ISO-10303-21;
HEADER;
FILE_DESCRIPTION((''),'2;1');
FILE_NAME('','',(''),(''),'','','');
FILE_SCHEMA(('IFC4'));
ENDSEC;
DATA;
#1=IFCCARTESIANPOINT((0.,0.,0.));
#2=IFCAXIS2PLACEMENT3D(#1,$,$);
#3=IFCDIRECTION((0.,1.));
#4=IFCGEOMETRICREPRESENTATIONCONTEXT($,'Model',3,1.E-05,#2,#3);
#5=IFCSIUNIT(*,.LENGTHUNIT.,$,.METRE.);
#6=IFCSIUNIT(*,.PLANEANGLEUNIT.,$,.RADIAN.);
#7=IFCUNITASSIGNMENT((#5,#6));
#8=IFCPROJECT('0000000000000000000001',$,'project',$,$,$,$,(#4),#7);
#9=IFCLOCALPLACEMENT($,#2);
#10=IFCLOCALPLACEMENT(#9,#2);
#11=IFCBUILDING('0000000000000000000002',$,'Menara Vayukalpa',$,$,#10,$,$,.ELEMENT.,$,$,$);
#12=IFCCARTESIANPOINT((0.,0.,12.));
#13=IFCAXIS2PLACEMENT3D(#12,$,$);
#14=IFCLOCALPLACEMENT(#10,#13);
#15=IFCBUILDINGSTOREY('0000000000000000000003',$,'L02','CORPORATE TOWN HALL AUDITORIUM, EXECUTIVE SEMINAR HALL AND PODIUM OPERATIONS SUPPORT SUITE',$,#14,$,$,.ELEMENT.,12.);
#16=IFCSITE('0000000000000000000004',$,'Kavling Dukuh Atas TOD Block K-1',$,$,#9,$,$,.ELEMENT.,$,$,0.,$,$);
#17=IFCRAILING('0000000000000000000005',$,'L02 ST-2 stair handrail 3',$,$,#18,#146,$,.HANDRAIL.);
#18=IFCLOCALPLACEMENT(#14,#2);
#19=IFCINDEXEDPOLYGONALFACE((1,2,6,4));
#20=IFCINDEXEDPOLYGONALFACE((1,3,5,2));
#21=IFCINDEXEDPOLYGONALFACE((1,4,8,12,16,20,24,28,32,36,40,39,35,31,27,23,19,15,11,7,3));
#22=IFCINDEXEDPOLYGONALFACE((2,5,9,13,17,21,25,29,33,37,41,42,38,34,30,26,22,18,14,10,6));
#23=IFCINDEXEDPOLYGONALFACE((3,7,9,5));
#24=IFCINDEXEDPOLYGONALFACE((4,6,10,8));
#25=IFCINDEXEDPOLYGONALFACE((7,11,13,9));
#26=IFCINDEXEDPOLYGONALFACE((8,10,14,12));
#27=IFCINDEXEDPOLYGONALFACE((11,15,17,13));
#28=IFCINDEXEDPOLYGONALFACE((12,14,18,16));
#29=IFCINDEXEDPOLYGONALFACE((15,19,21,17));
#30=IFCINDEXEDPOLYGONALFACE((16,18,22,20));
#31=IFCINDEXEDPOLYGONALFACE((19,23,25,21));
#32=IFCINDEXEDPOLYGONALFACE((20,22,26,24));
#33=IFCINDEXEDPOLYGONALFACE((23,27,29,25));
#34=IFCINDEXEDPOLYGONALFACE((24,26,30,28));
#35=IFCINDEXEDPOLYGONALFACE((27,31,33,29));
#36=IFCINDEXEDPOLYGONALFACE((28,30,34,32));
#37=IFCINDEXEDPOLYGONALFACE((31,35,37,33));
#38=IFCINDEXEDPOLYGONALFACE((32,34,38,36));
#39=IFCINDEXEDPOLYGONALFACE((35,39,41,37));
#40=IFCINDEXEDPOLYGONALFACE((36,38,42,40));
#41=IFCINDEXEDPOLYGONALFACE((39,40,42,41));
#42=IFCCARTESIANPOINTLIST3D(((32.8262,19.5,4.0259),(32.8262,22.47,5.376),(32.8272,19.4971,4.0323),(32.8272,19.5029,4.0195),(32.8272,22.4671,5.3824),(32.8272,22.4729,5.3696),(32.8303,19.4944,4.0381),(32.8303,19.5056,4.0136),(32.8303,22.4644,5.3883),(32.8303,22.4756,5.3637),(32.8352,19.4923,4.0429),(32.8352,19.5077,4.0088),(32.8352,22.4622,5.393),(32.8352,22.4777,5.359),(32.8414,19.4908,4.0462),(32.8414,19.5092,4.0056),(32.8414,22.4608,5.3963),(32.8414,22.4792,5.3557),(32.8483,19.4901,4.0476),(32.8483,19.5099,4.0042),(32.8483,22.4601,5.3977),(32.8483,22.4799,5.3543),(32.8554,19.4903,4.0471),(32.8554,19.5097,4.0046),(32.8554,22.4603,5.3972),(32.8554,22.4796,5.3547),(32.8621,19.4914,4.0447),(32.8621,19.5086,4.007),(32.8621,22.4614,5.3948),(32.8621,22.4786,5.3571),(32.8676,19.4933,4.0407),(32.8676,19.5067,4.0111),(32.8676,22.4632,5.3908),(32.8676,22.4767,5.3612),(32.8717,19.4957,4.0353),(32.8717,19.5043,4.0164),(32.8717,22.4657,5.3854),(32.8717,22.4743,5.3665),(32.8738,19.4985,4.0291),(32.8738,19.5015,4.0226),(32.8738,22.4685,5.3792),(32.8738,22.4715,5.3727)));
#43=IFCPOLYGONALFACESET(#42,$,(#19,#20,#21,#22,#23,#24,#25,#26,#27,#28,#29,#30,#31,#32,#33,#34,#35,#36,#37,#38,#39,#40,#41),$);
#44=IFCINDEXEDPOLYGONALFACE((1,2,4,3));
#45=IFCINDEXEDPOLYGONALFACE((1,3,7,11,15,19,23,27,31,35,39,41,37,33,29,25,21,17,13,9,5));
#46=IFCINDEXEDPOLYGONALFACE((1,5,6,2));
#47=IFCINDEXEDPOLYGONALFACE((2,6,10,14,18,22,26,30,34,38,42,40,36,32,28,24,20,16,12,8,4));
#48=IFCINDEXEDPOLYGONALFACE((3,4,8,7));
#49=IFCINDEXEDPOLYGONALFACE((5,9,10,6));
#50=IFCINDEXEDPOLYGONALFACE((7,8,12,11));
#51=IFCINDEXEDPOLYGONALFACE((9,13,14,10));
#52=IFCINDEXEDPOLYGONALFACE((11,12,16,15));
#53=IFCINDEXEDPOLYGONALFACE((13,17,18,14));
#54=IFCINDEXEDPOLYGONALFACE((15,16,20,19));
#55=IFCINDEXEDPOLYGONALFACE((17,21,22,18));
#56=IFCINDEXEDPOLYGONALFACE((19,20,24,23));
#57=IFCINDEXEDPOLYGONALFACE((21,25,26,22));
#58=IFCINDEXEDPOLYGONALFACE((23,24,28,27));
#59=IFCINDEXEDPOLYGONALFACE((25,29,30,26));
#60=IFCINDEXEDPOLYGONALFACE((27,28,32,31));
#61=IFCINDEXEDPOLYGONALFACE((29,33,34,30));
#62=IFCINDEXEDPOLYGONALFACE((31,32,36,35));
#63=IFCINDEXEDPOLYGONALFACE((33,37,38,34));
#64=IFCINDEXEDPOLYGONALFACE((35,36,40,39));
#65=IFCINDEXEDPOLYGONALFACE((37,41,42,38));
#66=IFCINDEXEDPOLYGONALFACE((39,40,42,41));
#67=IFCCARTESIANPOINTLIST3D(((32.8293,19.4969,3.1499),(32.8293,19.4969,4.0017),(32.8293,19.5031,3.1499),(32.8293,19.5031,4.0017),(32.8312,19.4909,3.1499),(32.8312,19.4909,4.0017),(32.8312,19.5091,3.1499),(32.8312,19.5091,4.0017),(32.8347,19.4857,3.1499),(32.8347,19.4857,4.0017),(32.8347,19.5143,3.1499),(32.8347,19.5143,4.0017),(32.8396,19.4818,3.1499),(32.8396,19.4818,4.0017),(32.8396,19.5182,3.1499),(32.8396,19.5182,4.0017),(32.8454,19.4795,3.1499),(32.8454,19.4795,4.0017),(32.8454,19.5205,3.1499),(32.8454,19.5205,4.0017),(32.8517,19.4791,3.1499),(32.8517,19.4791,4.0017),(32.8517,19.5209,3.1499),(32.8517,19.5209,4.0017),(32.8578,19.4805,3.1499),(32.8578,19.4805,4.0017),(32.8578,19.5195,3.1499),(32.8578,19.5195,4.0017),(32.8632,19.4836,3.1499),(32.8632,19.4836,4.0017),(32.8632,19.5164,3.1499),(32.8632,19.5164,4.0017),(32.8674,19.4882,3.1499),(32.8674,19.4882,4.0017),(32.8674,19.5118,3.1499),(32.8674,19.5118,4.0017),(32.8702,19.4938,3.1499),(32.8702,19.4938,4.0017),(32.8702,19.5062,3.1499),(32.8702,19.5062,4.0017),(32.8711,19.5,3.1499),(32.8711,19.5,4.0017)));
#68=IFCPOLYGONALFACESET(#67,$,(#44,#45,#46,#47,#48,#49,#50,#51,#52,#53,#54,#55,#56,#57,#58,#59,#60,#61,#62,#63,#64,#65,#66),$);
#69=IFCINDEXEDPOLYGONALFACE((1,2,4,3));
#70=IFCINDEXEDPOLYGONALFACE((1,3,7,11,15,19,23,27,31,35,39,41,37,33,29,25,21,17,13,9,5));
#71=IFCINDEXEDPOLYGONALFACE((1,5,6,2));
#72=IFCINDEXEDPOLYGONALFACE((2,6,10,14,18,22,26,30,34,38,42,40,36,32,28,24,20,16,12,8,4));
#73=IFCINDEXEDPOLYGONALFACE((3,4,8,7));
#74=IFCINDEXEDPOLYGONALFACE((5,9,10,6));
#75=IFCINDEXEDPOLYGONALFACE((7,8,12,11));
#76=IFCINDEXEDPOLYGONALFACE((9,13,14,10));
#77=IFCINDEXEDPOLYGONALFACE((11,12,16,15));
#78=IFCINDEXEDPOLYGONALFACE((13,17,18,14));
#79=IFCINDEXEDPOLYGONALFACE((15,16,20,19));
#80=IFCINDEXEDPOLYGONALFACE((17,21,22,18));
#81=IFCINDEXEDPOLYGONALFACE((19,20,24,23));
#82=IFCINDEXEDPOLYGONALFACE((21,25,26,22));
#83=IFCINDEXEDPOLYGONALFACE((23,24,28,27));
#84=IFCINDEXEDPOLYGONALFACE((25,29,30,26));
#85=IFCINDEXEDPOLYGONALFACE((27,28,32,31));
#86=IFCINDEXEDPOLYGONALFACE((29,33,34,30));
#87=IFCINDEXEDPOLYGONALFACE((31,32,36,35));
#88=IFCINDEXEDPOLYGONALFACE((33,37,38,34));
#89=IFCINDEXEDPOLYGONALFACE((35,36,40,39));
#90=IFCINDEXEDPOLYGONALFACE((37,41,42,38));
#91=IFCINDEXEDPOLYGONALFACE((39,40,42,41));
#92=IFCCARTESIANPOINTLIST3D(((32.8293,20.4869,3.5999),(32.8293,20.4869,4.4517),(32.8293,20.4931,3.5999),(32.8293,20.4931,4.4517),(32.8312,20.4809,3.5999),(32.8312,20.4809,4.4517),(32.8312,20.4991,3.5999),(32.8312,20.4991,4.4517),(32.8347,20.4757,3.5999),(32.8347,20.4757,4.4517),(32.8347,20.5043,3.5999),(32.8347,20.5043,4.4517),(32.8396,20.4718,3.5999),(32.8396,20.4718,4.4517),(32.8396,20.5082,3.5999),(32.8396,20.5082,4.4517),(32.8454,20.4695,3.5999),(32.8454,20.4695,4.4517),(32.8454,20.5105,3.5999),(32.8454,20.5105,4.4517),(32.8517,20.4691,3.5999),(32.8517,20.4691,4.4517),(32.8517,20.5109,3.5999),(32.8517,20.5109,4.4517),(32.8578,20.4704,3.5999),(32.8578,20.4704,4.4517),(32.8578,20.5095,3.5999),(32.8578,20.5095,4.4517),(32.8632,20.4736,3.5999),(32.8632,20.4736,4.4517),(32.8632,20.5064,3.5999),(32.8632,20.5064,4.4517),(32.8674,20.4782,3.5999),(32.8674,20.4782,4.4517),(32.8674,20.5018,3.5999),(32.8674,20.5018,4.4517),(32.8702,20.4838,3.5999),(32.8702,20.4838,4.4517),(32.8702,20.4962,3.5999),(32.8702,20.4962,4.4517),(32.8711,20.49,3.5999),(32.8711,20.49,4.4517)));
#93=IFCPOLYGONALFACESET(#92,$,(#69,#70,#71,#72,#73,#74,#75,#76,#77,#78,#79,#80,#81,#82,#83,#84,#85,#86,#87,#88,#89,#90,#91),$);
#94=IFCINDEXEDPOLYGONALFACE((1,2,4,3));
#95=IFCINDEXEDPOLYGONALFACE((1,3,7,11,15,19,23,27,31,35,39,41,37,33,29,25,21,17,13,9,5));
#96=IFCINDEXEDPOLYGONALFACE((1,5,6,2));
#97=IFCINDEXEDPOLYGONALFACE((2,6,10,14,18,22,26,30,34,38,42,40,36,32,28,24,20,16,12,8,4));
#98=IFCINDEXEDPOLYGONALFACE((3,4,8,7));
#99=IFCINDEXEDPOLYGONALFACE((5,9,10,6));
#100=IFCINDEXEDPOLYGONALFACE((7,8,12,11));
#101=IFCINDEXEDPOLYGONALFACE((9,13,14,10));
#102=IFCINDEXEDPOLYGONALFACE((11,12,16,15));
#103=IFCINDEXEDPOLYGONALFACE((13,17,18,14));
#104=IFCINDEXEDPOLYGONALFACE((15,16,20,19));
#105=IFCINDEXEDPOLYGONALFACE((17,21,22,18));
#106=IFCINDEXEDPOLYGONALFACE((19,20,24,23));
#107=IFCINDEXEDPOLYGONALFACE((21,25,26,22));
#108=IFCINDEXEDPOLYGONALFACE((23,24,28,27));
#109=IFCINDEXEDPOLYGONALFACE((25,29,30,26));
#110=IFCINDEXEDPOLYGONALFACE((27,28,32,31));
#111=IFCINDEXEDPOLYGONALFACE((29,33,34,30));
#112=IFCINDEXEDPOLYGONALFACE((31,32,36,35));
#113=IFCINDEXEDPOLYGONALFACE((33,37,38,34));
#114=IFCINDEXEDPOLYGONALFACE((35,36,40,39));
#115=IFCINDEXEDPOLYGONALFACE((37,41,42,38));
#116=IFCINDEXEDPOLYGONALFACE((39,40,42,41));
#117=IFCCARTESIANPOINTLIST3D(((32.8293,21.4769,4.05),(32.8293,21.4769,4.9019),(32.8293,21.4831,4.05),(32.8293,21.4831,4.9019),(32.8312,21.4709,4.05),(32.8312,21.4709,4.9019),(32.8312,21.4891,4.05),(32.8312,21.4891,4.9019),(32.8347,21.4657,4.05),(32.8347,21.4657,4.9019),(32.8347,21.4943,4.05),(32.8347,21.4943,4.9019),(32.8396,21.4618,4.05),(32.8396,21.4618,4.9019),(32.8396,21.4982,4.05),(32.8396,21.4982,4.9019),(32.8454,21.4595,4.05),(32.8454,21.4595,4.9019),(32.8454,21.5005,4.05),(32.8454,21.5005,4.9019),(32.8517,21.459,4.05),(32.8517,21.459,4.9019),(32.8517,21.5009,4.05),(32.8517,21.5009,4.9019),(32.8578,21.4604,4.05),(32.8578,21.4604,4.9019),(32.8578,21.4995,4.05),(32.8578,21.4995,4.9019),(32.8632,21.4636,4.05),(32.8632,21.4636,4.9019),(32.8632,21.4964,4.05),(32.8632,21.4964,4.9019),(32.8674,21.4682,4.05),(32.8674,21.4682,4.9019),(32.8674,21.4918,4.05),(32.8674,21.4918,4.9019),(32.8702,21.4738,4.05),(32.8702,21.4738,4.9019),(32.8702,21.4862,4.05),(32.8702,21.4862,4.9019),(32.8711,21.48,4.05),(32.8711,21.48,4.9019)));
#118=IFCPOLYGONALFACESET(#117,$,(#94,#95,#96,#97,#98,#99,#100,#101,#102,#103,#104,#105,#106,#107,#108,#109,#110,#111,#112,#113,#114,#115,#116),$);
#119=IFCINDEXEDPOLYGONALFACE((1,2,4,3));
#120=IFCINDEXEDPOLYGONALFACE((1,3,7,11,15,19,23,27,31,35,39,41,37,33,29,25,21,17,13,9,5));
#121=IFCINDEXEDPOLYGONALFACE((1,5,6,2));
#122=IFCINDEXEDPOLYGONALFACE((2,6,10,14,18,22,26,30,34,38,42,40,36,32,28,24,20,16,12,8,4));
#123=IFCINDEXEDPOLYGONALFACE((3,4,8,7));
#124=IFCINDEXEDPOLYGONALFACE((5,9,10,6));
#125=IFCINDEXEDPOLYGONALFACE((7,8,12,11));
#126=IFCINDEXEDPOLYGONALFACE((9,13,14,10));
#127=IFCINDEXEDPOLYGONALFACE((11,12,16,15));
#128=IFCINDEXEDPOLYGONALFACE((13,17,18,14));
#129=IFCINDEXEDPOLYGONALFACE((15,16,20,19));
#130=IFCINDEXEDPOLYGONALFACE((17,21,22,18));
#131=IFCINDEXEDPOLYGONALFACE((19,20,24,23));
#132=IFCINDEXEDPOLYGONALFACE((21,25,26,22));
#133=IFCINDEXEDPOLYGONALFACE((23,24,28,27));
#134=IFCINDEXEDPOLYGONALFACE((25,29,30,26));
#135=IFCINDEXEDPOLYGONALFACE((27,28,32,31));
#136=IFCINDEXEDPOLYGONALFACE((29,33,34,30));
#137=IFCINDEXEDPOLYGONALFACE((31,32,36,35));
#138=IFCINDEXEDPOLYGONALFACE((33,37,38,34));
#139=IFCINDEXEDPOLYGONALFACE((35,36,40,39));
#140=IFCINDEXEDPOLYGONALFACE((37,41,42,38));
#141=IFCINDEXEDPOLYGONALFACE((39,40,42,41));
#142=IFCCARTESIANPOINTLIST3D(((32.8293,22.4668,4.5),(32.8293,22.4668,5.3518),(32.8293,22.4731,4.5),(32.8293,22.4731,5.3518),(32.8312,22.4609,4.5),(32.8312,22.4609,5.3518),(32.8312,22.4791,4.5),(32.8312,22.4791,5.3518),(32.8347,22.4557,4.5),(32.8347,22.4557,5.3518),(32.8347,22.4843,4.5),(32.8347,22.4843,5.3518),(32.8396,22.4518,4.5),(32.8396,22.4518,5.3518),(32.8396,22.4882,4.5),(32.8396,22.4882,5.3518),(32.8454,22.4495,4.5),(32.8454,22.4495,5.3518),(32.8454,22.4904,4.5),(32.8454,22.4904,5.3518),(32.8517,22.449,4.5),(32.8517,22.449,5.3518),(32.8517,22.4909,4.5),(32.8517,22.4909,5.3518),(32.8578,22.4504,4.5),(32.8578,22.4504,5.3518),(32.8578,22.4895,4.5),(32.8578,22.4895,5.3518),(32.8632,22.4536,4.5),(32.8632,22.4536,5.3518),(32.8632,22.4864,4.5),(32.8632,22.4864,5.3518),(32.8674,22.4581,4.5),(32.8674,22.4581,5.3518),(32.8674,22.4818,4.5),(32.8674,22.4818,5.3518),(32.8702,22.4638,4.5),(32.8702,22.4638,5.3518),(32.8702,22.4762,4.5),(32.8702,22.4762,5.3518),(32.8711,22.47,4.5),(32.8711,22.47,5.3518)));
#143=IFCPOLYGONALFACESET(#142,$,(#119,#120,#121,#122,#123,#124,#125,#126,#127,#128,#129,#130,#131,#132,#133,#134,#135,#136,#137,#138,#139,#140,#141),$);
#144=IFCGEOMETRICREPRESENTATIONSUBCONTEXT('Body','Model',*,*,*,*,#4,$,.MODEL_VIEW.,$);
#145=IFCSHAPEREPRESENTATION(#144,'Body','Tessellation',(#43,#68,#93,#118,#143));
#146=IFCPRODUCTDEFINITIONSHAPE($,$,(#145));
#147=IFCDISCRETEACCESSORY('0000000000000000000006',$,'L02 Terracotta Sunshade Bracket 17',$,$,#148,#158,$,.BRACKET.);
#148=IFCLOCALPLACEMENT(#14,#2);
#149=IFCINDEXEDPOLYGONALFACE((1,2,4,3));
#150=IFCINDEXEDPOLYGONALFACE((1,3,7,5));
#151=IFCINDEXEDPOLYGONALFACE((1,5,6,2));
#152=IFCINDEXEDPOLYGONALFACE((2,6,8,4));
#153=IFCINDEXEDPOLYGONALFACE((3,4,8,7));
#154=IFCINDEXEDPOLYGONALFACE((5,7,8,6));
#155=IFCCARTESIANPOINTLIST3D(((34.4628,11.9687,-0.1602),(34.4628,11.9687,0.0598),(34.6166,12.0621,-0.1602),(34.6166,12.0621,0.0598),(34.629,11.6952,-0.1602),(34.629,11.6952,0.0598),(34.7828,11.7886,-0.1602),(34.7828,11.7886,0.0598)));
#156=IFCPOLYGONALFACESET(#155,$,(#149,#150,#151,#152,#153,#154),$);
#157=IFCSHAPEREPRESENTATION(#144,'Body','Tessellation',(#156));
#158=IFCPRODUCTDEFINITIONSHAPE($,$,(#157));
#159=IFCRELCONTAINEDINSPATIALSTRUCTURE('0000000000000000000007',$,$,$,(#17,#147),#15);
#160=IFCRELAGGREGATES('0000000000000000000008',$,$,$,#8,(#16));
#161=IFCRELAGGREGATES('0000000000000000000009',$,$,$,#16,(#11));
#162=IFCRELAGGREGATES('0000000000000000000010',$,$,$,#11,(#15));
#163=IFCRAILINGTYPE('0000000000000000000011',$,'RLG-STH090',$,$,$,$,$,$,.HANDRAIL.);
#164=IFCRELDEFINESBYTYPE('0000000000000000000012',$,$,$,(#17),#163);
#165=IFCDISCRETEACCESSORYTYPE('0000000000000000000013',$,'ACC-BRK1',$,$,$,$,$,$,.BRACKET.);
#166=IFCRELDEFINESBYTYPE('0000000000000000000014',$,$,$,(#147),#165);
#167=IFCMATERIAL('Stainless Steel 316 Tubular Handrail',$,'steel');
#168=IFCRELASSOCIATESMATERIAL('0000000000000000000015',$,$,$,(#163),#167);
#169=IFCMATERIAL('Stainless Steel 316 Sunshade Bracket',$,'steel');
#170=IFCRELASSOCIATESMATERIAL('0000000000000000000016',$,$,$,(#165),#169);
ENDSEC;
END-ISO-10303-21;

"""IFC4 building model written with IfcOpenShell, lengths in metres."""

from ifc_helpers import new_model, si_unit, direction, frame, origin, origin_2d, place, context, subcontext, project, spatial, rectangle, circle, extrude, material, type_object, element, save


model = new_model("IFC4")

# Units and contexts
model_context = context("Model", 3, precision=1e-05, world=origin(), true_north=direction((0.0, 1.0)))
body_context = subcontext(model_context, "Body", "Model", "MODEL_VIEW")
ifc_project = project(units=[si_unit("LENGTHUNIT", "METRE"), si_unit("PLANEANGLEUNIT", "RADIAN")], contexts=[model_context])

# Site, building, storey
site_placement = place(None, origin())
site = spatial("IfcSite", under=ifc_project, at=site_placement, Name="Kavling Dukuh Atas TOD Block K-1", CompositionType="ELEMENT", RefElevation=0.0)
building_placement = place(site_placement, origin())
building = spatial("IfcBuilding", under=site, at=building_placement, Name="Menara Vayukalpa", CompositionType="ELEMENT")
storey_placement = place(building_placement, frame((0.0, 0.0, 12.0)))
storey = spatial("IfcBuildingStorey", under=building, at=storey_placement, Name="L02", Description="CORPORATE TOWN HALL AUDITORIUM, EXECUTIVE SEMINAR HALL AND PODIUM OPERATIONS SUPPORT SUITE", CompositionType="ELEMENT", Elevation=12.0)

# Railing
ifc_material_1 = material(Name="Stainless Steel 316 Tubular Handrail", Category="steel")
railing_type = type_object("IfcRailingType", Name="RLG-STH090", PredefinedType="HANDRAIL", material=ifc_material_1)
for number, where, name in (
    (1, (32.8501, 19.5, 3.1499), "L02 ST-2 stair handrail 3"),
):
    element("IfcRailing", number, at=place(storey_placement, frame(where)), inside=storey, type_object=railing_type, Name=name, PredefinedType="HANDRAIL", context=body_context, shape_type="SweptSolid", body=[
        extrude(circle(Radius=0.0239, at=origin_2d()), frame((0.0, 0.0, 0.876), z_axis=(0.0, 0.910354, 0.413831), x_axis=(-1.0, 0.0, 0.0)), (0.0, 0.0, 1.0), 3.2625),
        extrude(circle(Radius=0.021, at=origin_2d()), origin(), (0.0, 0.0, 1.0), 0.8518),
        extrude(circle(Radius=0.021, at=origin_2d()), frame((0.0, 0.99, 0.45)), (0.0, 0.0, 1.0), 0.8518),
        extrude(circle(Radius=0.021, at=origin_2d()), frame((0.0, 1.98, 0.9001)), (0.0, 0.0, 1.0), 0.8518),
        extrude(circle(Radius=0.021, at=origin_2d()), frame((0.0, 2.97, 1.3501)), (0.0, 0.0, 1.0), 0.8518),
    ])

# Discrete accessory
ifc_material_2 = material(Name="Stainless Steel 316 Sunshade Bracket", Category="steel")
discrete_accessory_type = type_object("IfcDiscreteAccessoryType", Name="ACC-BRK1", PredefinedType="BRACKET", material=ifc_material_2)
discrete_accessory_placement = place(storey_placement, frame((34.6228, 11.8787, -0.1602), z_axis=(0.0, 0.0, 1.0), x_axis=(0.854667, 0.519176, 0.0)))
element("IfcDiscreteAccessory", 2, at=discrete_accessory_placement, inside=storey, type_object=discrete_accessory_type, Name="L02 Terracotta Sunshade Bracket 17", PredefinedType="BRACKET", context=body_context, shape_type="SweptSolid", body=[
    extrude(rectangle(XDim=0.1799, YDim=0.3201, at=origin_2d()), origin(), (0.0, 0.0, 1.0), 0.22),
])

save(model, "model.ifc")
